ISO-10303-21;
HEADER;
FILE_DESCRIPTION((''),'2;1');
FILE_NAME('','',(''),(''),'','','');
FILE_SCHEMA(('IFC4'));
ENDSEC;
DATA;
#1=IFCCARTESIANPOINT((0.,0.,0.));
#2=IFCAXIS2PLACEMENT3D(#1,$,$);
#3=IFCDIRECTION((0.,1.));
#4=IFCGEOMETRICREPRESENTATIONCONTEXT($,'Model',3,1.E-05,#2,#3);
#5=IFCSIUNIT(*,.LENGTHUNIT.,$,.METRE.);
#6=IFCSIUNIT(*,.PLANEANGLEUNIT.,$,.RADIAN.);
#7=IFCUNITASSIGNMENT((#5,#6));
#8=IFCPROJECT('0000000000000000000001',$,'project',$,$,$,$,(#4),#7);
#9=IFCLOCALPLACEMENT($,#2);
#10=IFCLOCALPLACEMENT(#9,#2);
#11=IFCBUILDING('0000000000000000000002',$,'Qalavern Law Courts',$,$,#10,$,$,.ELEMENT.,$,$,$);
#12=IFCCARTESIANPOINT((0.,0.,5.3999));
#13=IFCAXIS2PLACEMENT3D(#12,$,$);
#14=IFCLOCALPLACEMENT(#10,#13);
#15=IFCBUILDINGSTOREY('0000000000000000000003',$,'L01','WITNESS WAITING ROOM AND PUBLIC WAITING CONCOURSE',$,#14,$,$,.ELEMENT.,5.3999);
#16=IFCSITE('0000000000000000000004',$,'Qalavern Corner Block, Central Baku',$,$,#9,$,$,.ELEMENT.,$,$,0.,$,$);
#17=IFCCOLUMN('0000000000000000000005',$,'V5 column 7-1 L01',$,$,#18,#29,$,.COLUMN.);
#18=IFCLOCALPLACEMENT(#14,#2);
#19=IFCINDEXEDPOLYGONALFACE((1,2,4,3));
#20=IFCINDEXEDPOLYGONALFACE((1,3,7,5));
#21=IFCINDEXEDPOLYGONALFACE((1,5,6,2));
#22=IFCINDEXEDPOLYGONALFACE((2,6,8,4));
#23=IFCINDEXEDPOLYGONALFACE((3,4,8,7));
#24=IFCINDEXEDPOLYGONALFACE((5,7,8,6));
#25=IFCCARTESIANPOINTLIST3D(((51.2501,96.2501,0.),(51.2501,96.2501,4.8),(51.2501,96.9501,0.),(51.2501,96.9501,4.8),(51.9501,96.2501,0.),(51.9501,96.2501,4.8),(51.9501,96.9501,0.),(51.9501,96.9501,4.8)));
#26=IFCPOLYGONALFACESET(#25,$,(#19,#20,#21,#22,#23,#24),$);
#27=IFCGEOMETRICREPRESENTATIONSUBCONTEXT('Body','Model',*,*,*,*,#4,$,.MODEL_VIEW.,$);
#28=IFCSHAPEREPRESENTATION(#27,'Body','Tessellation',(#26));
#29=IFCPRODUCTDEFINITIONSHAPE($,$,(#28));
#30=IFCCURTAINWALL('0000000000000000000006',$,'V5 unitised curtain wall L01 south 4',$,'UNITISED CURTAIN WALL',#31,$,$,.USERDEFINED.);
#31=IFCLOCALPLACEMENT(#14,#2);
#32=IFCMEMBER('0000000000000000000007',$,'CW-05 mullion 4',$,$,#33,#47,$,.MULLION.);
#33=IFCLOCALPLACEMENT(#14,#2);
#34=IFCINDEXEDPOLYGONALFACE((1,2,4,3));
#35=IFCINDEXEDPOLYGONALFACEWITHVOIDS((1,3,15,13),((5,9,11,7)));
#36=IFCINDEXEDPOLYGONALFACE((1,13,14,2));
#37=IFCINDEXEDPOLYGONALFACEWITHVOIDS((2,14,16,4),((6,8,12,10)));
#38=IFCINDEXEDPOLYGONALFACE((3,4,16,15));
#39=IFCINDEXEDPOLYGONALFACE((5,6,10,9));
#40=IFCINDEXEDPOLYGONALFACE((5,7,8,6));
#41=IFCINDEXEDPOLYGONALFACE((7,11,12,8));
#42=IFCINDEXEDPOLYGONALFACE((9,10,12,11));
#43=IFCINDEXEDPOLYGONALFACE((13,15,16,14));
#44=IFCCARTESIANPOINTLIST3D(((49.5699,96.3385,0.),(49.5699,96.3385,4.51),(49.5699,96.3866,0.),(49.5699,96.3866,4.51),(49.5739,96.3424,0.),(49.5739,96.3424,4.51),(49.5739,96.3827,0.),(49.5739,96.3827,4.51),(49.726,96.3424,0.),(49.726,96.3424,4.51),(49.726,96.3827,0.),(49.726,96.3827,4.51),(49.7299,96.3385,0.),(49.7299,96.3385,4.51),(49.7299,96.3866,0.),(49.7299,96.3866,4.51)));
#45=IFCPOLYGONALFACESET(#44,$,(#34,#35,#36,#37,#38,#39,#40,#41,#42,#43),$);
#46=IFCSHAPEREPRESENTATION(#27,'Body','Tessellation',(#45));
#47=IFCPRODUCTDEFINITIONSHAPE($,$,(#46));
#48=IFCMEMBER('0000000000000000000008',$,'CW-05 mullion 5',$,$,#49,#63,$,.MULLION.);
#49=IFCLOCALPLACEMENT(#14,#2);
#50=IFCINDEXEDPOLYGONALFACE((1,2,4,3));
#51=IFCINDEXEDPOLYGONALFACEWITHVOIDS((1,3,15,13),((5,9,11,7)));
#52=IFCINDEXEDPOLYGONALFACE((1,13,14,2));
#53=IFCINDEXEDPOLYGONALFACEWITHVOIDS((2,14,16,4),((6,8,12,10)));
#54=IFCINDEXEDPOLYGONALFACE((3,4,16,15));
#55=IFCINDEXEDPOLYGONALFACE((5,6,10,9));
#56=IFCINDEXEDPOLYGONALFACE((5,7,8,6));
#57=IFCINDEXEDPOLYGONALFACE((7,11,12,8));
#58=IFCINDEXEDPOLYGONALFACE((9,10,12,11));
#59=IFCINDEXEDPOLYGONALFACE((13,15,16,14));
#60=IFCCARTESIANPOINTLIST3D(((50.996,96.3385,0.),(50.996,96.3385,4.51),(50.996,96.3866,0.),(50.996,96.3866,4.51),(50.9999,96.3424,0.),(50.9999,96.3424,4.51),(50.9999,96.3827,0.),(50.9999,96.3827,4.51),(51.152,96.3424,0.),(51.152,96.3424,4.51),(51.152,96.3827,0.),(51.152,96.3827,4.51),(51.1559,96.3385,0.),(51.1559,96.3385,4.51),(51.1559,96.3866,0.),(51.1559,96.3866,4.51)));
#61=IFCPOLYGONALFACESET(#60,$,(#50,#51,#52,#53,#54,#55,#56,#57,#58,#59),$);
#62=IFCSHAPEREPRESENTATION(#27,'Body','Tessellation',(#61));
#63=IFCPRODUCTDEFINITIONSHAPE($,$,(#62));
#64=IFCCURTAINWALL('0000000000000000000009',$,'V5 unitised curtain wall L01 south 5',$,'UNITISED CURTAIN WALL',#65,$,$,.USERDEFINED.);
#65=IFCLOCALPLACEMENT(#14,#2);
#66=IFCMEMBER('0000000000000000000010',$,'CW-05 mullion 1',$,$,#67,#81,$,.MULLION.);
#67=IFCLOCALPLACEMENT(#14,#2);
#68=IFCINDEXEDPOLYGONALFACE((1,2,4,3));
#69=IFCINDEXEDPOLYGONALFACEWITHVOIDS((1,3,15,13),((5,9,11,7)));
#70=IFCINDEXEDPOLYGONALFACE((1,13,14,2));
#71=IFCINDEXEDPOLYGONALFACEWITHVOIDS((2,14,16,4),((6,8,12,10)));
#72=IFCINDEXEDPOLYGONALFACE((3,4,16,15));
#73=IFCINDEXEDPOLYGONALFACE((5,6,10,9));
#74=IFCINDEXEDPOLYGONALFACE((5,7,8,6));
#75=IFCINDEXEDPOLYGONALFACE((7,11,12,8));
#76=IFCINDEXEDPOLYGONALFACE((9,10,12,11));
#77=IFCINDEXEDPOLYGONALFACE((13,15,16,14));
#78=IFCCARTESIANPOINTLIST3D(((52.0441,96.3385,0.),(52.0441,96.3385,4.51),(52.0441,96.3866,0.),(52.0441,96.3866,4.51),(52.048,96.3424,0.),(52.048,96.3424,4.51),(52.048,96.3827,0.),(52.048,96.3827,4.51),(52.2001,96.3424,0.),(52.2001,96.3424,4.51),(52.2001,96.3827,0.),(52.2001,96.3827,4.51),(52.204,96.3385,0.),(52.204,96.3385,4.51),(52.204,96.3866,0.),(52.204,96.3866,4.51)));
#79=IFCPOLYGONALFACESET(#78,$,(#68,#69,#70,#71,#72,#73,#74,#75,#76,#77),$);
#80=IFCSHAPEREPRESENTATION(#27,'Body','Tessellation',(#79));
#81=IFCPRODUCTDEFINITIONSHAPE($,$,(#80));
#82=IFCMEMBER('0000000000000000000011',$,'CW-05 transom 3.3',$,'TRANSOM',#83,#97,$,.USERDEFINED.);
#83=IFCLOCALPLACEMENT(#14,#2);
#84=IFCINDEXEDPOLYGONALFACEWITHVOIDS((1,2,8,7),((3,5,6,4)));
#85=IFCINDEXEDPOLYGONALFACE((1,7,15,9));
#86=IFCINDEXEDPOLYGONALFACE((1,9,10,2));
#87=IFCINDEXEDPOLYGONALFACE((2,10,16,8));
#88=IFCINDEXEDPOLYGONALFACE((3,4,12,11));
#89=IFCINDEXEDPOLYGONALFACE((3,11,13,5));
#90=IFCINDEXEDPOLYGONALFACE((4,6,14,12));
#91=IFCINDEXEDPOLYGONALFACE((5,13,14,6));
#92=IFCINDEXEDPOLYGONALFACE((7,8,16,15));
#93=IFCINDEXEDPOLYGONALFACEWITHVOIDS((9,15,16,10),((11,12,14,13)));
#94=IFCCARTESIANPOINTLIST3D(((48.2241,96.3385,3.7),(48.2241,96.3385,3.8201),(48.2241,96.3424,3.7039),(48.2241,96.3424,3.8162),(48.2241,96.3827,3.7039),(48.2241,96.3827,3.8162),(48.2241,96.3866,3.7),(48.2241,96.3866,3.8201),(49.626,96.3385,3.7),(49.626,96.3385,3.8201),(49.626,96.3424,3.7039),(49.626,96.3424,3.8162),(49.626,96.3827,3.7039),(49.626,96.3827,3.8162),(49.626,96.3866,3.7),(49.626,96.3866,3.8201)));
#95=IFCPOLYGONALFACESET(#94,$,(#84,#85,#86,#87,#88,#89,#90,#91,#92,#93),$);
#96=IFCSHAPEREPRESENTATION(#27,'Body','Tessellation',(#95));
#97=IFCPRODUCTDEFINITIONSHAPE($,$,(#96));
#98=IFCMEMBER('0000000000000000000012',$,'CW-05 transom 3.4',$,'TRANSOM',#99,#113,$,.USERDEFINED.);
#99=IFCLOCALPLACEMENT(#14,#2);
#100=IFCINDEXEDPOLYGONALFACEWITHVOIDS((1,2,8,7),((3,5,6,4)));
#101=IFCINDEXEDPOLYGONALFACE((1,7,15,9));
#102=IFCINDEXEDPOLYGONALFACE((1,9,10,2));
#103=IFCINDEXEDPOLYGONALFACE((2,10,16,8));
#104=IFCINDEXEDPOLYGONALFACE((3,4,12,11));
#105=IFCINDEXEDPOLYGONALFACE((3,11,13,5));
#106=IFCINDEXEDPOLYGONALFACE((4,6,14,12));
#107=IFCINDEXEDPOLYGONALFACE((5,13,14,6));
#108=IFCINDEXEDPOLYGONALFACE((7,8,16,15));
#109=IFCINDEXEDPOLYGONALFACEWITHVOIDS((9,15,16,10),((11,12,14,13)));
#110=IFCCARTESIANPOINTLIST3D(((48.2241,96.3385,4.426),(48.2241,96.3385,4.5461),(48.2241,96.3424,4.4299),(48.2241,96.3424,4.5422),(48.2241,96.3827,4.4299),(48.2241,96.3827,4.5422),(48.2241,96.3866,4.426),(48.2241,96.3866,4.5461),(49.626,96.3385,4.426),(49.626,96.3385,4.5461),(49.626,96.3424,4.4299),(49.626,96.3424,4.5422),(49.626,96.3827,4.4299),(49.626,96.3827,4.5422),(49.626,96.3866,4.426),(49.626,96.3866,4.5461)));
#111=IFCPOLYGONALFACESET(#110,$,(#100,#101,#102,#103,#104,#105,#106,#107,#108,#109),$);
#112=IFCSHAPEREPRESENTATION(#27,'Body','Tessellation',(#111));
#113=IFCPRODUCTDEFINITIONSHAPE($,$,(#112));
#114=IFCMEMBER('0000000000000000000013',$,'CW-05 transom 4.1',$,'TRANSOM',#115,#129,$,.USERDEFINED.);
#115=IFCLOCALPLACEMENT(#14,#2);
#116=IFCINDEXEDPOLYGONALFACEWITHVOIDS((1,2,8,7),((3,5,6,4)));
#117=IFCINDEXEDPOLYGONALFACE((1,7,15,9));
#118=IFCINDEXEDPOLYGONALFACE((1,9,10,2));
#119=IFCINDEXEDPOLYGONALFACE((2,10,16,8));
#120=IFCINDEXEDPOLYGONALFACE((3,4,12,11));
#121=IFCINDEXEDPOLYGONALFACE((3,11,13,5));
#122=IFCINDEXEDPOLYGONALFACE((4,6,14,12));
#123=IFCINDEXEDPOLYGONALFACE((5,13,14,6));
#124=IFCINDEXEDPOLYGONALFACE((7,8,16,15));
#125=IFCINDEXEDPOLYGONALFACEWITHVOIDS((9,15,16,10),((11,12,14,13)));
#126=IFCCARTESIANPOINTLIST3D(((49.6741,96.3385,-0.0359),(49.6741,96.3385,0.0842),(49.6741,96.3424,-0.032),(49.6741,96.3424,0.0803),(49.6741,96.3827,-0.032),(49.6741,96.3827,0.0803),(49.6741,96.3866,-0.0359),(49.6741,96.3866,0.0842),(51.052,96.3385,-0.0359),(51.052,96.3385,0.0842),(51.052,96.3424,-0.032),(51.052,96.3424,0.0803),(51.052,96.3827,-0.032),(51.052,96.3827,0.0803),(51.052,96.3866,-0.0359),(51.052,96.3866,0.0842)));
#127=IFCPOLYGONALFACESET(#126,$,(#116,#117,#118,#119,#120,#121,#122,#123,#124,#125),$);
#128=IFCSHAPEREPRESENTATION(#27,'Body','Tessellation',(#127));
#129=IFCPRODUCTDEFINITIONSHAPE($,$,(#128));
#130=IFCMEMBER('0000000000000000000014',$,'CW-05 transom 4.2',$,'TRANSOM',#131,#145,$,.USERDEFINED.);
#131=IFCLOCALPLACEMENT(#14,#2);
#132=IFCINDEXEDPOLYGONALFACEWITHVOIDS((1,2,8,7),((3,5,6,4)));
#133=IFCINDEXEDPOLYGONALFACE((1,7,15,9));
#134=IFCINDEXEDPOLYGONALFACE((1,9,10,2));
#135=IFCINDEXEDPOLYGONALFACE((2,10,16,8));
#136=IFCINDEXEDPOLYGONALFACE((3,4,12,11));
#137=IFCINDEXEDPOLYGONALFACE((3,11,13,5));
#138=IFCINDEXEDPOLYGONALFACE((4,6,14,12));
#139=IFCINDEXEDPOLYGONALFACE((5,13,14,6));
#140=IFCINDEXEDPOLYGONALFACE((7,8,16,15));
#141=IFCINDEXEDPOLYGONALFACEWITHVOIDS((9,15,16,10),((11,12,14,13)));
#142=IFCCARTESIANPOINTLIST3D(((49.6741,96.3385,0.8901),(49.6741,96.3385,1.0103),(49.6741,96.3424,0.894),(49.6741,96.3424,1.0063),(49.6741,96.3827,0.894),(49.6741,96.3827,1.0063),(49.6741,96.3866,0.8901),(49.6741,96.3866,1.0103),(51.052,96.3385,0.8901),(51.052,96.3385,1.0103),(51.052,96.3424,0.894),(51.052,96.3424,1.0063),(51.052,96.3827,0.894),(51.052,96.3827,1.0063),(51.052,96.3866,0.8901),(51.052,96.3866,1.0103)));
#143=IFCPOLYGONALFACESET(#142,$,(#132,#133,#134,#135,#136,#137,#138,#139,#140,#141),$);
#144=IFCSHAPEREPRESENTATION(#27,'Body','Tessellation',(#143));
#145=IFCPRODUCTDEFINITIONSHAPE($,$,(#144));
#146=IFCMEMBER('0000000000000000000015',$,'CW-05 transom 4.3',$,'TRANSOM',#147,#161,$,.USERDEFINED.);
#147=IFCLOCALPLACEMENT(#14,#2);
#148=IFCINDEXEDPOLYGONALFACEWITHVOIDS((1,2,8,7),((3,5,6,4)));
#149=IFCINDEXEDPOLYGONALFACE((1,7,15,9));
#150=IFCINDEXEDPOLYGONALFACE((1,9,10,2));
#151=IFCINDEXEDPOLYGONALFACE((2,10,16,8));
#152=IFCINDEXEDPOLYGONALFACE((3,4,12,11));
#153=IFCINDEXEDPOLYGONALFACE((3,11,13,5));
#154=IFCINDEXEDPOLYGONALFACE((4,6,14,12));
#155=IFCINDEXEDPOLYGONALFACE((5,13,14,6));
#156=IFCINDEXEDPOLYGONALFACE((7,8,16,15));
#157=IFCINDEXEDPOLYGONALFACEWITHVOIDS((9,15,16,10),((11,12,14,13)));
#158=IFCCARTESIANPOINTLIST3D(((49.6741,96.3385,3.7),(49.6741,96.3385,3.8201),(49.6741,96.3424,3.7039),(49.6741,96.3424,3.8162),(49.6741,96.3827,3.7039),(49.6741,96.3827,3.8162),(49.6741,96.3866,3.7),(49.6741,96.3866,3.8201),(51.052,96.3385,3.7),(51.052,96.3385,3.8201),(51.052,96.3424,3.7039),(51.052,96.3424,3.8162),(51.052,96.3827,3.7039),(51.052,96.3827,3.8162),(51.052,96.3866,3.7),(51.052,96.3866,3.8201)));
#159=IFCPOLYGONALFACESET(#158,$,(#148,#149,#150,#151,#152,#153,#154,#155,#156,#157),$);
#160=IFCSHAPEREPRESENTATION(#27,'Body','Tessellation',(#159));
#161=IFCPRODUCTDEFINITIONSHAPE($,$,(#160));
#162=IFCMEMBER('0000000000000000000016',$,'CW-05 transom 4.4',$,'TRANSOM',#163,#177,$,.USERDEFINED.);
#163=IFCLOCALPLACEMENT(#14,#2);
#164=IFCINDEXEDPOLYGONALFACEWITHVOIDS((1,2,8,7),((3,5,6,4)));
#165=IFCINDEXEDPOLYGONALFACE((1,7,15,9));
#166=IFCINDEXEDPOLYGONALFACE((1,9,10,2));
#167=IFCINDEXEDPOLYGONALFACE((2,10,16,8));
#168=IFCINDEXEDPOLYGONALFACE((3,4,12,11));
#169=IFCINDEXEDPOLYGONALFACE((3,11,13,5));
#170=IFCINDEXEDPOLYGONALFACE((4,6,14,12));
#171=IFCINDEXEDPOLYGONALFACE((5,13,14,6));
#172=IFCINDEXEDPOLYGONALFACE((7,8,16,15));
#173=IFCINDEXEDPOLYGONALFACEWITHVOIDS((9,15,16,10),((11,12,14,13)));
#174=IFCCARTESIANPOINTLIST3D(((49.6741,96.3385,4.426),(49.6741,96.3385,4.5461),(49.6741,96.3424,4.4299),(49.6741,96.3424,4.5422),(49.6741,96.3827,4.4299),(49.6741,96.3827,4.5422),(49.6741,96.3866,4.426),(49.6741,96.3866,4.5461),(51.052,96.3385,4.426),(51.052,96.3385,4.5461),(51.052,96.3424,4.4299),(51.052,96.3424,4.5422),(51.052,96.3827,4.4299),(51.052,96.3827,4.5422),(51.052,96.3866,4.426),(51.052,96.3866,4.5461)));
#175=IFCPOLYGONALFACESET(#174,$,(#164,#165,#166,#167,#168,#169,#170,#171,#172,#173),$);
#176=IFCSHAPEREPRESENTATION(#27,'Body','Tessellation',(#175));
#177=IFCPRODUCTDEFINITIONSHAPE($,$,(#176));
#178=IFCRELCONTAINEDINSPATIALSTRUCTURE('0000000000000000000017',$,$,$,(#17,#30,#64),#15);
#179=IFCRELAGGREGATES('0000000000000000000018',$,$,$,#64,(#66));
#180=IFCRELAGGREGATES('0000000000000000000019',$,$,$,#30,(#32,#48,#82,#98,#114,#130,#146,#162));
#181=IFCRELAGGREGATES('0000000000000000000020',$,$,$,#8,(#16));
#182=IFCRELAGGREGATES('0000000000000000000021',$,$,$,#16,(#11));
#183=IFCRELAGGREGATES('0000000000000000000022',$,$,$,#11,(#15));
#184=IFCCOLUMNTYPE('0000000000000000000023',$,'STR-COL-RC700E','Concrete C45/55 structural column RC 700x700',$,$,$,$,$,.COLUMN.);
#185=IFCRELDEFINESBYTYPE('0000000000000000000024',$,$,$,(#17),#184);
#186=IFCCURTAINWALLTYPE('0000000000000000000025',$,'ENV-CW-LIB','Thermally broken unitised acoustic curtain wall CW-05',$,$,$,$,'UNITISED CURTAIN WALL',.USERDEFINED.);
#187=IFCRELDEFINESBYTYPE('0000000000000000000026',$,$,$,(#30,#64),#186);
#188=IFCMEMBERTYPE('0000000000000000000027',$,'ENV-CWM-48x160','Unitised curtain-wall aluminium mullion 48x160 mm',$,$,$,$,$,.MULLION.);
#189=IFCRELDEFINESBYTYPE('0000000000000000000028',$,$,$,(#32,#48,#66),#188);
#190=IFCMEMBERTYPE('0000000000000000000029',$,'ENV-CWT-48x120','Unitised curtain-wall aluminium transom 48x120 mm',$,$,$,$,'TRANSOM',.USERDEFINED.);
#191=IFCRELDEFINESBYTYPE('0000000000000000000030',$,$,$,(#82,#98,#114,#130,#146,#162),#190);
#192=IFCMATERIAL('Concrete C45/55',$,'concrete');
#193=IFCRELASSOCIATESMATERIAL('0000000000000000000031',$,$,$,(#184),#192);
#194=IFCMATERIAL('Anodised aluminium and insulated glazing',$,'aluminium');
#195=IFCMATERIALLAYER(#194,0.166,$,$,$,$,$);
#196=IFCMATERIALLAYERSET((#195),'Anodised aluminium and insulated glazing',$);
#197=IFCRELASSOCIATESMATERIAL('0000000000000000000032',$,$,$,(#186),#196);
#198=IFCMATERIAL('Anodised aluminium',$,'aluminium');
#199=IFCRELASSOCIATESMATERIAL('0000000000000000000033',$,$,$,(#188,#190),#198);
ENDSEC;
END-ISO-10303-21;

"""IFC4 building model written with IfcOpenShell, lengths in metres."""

from ifc_helpers import new_model, si_unit, direction, frame, origin, origin_2d, place, context, subcontext, project, spatial, rectangle, hollow_rectangle, extrude, material, layer, layer_set, material_profile, profile_set, type_object, element, aggregate, save


model = new_model("IFC4")

# Units and contexts
model_context = context("Model", 3, precision=1e-05, world=origin(), true_north=direction((0.0, 1.0)))
body_context = subcontext(model_context, "Body", "Model", "MODEL_VIEW")
ifc_project = project(units=[si_unit("LENGTHUNIT", "METRE"), si_unit("PLANEANGLEUNIT", "RADIAN")], contexts=[model_context])

# Site, building, storey
site_placement = place(None, origin())
site = spatial("IfcSite", under=ifc_project, at=site_placement, Name="Qalavern Corner Block, Central Baku", CompositionType="ELEMENT", RefElevation=0.0)
building_placement = place(site_placement, origin())
building = spatial("IfcBuilding", under=site, at=building_placement, Name="Qalavern Law Courts", CompositionType="ELEMENT")
storey_placement = place(building_placement, frame((0.0, 0.0, 5.3999)))
storey = spatial("IfcBuildingStorey", under=building, at=storey_placement, Name="L01", Description="WITNESS WAITING ROOM AND PUBLIC WAITING CONCOURSE", CompositionType="ELEMENT", Elevation=5.3999)

# Column
ifc_material_1 = material(Name="Concrete C45/55", Category="concrete")
ifc_material_profile_1 = material_profile(ifc_material_1, rectangle(XDim=0.7, YDim=0.7, at=origin_2d()), Name="RC 700x700")
ifc_profile_set_1 = profile_set([ifc_material_profile_1], Name="Concrete C45/55")
column_type = type_object("IfcColumnType", Name="STR-COL-RC700E", Description="Concrete C45/55 structural column RC 700x700", PredefinedType="COLUMN", material=ifc_profile_set_1)
column_placement = place(storey_placement, frame((51.6001, 96.6001, 0.0), z_axis=(0.0, 0.0, 1.0), x_axis=(1.0, 0.0, 0.0)))
element("IfcColumn", 1, at=column_placement, inside=storey, type_object=column_type, Name="V5 column 7-1 L01", PredefinedType="COLUMN", context=body_context, shape_type="SweptSolid", body=[
    extrude(rectangle(XDim=0.7, YDim=0.7, at=origin_2d()), origin(), (0.0, 0.0, 1.0), 4.8),
])

# Curtain wall, members
ifc_material_2 = material(Name="Anodised aluminium and insulated glazing", Category="aluminium")
ifc_layer_1 = layer(ifc_material_2, 0.166)
ifc_layer_set_1 = layer_set([ifc_layer_1], Name="Anodised aluminium and insulated glazing")
curtain_wall_type = type_object("IfcCurtainWallType", Name="ENV-CW-LIB", Description="Thermally broken unitised acoustic curtain wall CW-05", ElementType="UNITISED CURTAIN WALL", PredefinedType="USERDEFINED", material=ifc_layer_set_1)
curtain_wall_1_placement = place(storey_placement, origin())
curtain_wall_1 = element("IfcCurtainWall", 2, at=curtain_wall_1_placement, inside=storey, type_object=curtain_wall_type, Name="V5 unitised curtain wall L01 south 4", ObjectType="UNITISED CURTAIN WALL", PredefinedType="USERDEFINED")
ifc_material_3 = material(Name="Anodised aluminium", Category="aluminium")
ifc_material_profile_2 = material_profile(ifc_material_3, hollow_rectangle(XDim=0.0481, YDim=0.1599, WallThickness=0.0039, at=origin_2d()), Name="ALU MULLION 48x160")
ifc_profile_set_2 = profile_set([ifc_material_profile_2], Name="Anodised aluminium")
member_type_1 = type_object("IfcMemberType", Name="ENV-CWM-48x160", Description="Unitised curtain-wall aluminium mullion 48x160 mm", PredefinedType="MULLION", material=ifc_profile_set_2)
member_1_placement = place(storey_placement, frame((49.6499, 96.3625, 0.0), z_axis=(0.0, 0.0, 1.0), x_axis=(0.0, 1.0, 0.0)))
member_1 = element("IfcMember", 3, at=member_1_placement, type_object=member_type_1, Name="CW-05 mullion 4", PredefinedType="MULLION", context=body_context, shape_type="SweptSolid", body=[
    extrude(hollow_rectangle(XDim=0.0481, YDim=0.1599, WallThickness=0.0039, at=origin_2d()), origin(), (0.0, 0.0, 1.0), 4.51),
])
member_2_placement = place(storey_placement, frame((51.0759, 96.3625, 0.0), z_axis=(0.0, 0.0, 1.0), x_axis=(0.0, 1.0, 0.0)))
member_2 = element("IfcMember", 4, at=member_2_placement, type_object=member_type_1, Name="CW-05 mullion 5", PredefinedType="MULLION", context=body_context, shape_type="SweptSolid", body=[
    extrude(hollow_rectangle(XDim=0.0481, YDim=0.1599, WallThickness=0.0039, at=origin_2d()), origin(), (0.0, 0.0, 1.0), 4.51),
])

# Curtain wall, member
curtain_wall_2_placement = place(storey_placement, origin())
curtain_wall_2 = element("IfcCurtainWall", 5, at=curtain_wall_2_placement, inside=storey, type_object=curtain_wall_type, Name="V5 unitised curtain wall L01 south 5", ObjectType="UNITISED CURTAIN WALL", PredefinedType="USERDEFINED")
member_3_placement = place(storey_placement, frame((52.124, 96.3625, 0.0), z_axis=(0.0, 0.0, 1.0), x_axis=(0.0, 1.0, 0.0)))
member_3 = element("IfcMember", 6, at=member_3_placement, type_object=member_type_1, Name="CW-05 mullion 1", PredefinedType="MULLION", context=body_context, shape_type="SweptSolid", body=[
    extrude(hollow_rectangle(XDim=0.0481, YDim=0.1599, WallThickness=0.0039, at=origin_2d()), origin(), (0.0, 0.0, 1.0), 4.51),
])
aggregate(curtain_wall_2, [member_3])

# Members
ifc_material_profile_3 = material_profile(ifc_material_3, hollow_rectangle(XDim=0.0481, YDim=0.1201, WallThickness=0.0039, at=origin_2d()), Name="ALU TRANSOM 48x120")
ifc_profile_set_3 = profile_set([ifc_material_profile_3], Name="Anodised aluminium")
member_type_2 = type_object("IfcMemberType", Name="ENV-CWT-48x120", Description="Unitised curtain-wall aluminium transom 48x120 mm", ElementType="TRANSOM", PredefinedType="USERDEFINED", material=ifc_profile_set_3)
member_4_placement = place(storey_placement, frame((48.2241, 96.3625, 3.76), z_axis=(1.0, 0.0, 0.0), x_axis=(0.0, 1.0, 0.0)))
member_4 = element("IfcMember", 7, at=member_4_placement, type_object=member_type_2, Name="CW-05 transom 3.3", ObjectType="TRANSOM", PredefinedType="USERDEFINED", context=body_context, shape_type="SweptSolid", body=[
    extrude(hollow_rectangle(XDim=0.0481, YDim=0.1201, WallThickness=0.0039, at=origin_2d()), origin(), (0.0, 0.0, 1.0), 1.4019),
])
member_5_placement = place(storey_placement, frame((48.2241, 96.3625, 4.4861), z_axis=(1.0, 0.0, 0.0), x_axis=(0.0, 1.0, 0.0)))
member_5 = element("IfcMember", 8, at=member_5_placement, type_object=member_type_2, Name="CW-05 transom 3.4", ObjectType="TRANSOM", PredefinedType="USERDEFINED", context=body_context, shape_type="SweptSolid", body=[
    extrude(hollow_rectangle(XDim=0.0481, YDim=0.1201, WallThickness=0.0039, at=origin_2d()), origin(), (0.0, 0.0, 1.0), 1.4019),
])
member_6_placement = place(storey_placement, frame((49.6741, 96.3625, 0.0242), z_axis=(1.0, 0.0, 0.0), x_axis=(0.0, 1.0, 0.0)))
member_6 = element("IfcMember", 9, at=member_6_placement, type_object=member_type_2, Name="CW-05 transom 4.1", ObjectType="TRANSOM", PredefinedType="USERDEFINED", context=body_context, shape_type="SweptSolid", body=[
    extrude(hollow_rectangle(XDim=0.0481, YDim=0.1201, WallThickness=0.0039, at=origin_2d()), origin(), (0.0, 0.0, 1.0), 1.3779),
])
member_7_placement = place(storey_placement, frame((49.6741, 96.3625, 0.9502), z_axis=(1.0, 0.0, 0.0), x_axis=(0.0, 1.0, 0.0)))
member_7 = element("IfcMember", 10, at=member_7_placement, type_object=member_type_2, Name="CW-05 transom 4.2", ObjectType="TRANSOM", PredefinedType="USERDEFINED", context=body_context, shape_type="SweptSolid", body=[
    extrude(hollow_rectangle(XDim=0.0481, YDim=0.1201, WallThickness=0.0039, at=origin_2d()), origin(), (0.0, 0.0, 1.0), 1.3779),
])
member_8_placement = place(storey_placement, frame((49.6741, 96.3625, 3.76), z_axis=(1.0, 0.0, 0.0), x_axis=(0.0, 1.0, 0.0)))
member_8 = element("IfcMember", 11, at=member_8_placement, type_object=member_type_2, Name="CW-05 transom 4.3", ObjectType="TRANSOM", PredefinedType="USERDEFINED", context=body_context, shape_type="SweptSolid", body=[
    extrude(hollow_rectangle(XDim=0.0481, YDim=0.1201, WallThickness=0.0039, at=origin_2d()), origin(), (0.0, 0.0, 1.0), 1.3779),
])
member_9_placement = place(storey_placement, frame((49.6741, 96.3625, 4.4861), z_axis=(1.0, 0.0, 0.0), x_axis=(0.0, 1.0, 0.0)))
member_9 = element("IfcMember", 12, at=member_9_placement, type_object=member_type_2, Name="CW-05 transom 4.4", ObjectType="TRANSOM", PredefinedType="USERDEFINED", context=body_context, shape_type="SweptSolid", body=[
    extrude(hollow_rectangle(XDim=0.0481, YDim=0.1201, WallThickness=0.0039, at=origin_2d()), origin(), (0.0, 0.0, 1.0), 1.3779),
])

aggregate(curtain_wall_1, [member_1, member_2, member_4, member_5, member_6, member_7, member_8, member_9])

save(model, "model.ifc")
